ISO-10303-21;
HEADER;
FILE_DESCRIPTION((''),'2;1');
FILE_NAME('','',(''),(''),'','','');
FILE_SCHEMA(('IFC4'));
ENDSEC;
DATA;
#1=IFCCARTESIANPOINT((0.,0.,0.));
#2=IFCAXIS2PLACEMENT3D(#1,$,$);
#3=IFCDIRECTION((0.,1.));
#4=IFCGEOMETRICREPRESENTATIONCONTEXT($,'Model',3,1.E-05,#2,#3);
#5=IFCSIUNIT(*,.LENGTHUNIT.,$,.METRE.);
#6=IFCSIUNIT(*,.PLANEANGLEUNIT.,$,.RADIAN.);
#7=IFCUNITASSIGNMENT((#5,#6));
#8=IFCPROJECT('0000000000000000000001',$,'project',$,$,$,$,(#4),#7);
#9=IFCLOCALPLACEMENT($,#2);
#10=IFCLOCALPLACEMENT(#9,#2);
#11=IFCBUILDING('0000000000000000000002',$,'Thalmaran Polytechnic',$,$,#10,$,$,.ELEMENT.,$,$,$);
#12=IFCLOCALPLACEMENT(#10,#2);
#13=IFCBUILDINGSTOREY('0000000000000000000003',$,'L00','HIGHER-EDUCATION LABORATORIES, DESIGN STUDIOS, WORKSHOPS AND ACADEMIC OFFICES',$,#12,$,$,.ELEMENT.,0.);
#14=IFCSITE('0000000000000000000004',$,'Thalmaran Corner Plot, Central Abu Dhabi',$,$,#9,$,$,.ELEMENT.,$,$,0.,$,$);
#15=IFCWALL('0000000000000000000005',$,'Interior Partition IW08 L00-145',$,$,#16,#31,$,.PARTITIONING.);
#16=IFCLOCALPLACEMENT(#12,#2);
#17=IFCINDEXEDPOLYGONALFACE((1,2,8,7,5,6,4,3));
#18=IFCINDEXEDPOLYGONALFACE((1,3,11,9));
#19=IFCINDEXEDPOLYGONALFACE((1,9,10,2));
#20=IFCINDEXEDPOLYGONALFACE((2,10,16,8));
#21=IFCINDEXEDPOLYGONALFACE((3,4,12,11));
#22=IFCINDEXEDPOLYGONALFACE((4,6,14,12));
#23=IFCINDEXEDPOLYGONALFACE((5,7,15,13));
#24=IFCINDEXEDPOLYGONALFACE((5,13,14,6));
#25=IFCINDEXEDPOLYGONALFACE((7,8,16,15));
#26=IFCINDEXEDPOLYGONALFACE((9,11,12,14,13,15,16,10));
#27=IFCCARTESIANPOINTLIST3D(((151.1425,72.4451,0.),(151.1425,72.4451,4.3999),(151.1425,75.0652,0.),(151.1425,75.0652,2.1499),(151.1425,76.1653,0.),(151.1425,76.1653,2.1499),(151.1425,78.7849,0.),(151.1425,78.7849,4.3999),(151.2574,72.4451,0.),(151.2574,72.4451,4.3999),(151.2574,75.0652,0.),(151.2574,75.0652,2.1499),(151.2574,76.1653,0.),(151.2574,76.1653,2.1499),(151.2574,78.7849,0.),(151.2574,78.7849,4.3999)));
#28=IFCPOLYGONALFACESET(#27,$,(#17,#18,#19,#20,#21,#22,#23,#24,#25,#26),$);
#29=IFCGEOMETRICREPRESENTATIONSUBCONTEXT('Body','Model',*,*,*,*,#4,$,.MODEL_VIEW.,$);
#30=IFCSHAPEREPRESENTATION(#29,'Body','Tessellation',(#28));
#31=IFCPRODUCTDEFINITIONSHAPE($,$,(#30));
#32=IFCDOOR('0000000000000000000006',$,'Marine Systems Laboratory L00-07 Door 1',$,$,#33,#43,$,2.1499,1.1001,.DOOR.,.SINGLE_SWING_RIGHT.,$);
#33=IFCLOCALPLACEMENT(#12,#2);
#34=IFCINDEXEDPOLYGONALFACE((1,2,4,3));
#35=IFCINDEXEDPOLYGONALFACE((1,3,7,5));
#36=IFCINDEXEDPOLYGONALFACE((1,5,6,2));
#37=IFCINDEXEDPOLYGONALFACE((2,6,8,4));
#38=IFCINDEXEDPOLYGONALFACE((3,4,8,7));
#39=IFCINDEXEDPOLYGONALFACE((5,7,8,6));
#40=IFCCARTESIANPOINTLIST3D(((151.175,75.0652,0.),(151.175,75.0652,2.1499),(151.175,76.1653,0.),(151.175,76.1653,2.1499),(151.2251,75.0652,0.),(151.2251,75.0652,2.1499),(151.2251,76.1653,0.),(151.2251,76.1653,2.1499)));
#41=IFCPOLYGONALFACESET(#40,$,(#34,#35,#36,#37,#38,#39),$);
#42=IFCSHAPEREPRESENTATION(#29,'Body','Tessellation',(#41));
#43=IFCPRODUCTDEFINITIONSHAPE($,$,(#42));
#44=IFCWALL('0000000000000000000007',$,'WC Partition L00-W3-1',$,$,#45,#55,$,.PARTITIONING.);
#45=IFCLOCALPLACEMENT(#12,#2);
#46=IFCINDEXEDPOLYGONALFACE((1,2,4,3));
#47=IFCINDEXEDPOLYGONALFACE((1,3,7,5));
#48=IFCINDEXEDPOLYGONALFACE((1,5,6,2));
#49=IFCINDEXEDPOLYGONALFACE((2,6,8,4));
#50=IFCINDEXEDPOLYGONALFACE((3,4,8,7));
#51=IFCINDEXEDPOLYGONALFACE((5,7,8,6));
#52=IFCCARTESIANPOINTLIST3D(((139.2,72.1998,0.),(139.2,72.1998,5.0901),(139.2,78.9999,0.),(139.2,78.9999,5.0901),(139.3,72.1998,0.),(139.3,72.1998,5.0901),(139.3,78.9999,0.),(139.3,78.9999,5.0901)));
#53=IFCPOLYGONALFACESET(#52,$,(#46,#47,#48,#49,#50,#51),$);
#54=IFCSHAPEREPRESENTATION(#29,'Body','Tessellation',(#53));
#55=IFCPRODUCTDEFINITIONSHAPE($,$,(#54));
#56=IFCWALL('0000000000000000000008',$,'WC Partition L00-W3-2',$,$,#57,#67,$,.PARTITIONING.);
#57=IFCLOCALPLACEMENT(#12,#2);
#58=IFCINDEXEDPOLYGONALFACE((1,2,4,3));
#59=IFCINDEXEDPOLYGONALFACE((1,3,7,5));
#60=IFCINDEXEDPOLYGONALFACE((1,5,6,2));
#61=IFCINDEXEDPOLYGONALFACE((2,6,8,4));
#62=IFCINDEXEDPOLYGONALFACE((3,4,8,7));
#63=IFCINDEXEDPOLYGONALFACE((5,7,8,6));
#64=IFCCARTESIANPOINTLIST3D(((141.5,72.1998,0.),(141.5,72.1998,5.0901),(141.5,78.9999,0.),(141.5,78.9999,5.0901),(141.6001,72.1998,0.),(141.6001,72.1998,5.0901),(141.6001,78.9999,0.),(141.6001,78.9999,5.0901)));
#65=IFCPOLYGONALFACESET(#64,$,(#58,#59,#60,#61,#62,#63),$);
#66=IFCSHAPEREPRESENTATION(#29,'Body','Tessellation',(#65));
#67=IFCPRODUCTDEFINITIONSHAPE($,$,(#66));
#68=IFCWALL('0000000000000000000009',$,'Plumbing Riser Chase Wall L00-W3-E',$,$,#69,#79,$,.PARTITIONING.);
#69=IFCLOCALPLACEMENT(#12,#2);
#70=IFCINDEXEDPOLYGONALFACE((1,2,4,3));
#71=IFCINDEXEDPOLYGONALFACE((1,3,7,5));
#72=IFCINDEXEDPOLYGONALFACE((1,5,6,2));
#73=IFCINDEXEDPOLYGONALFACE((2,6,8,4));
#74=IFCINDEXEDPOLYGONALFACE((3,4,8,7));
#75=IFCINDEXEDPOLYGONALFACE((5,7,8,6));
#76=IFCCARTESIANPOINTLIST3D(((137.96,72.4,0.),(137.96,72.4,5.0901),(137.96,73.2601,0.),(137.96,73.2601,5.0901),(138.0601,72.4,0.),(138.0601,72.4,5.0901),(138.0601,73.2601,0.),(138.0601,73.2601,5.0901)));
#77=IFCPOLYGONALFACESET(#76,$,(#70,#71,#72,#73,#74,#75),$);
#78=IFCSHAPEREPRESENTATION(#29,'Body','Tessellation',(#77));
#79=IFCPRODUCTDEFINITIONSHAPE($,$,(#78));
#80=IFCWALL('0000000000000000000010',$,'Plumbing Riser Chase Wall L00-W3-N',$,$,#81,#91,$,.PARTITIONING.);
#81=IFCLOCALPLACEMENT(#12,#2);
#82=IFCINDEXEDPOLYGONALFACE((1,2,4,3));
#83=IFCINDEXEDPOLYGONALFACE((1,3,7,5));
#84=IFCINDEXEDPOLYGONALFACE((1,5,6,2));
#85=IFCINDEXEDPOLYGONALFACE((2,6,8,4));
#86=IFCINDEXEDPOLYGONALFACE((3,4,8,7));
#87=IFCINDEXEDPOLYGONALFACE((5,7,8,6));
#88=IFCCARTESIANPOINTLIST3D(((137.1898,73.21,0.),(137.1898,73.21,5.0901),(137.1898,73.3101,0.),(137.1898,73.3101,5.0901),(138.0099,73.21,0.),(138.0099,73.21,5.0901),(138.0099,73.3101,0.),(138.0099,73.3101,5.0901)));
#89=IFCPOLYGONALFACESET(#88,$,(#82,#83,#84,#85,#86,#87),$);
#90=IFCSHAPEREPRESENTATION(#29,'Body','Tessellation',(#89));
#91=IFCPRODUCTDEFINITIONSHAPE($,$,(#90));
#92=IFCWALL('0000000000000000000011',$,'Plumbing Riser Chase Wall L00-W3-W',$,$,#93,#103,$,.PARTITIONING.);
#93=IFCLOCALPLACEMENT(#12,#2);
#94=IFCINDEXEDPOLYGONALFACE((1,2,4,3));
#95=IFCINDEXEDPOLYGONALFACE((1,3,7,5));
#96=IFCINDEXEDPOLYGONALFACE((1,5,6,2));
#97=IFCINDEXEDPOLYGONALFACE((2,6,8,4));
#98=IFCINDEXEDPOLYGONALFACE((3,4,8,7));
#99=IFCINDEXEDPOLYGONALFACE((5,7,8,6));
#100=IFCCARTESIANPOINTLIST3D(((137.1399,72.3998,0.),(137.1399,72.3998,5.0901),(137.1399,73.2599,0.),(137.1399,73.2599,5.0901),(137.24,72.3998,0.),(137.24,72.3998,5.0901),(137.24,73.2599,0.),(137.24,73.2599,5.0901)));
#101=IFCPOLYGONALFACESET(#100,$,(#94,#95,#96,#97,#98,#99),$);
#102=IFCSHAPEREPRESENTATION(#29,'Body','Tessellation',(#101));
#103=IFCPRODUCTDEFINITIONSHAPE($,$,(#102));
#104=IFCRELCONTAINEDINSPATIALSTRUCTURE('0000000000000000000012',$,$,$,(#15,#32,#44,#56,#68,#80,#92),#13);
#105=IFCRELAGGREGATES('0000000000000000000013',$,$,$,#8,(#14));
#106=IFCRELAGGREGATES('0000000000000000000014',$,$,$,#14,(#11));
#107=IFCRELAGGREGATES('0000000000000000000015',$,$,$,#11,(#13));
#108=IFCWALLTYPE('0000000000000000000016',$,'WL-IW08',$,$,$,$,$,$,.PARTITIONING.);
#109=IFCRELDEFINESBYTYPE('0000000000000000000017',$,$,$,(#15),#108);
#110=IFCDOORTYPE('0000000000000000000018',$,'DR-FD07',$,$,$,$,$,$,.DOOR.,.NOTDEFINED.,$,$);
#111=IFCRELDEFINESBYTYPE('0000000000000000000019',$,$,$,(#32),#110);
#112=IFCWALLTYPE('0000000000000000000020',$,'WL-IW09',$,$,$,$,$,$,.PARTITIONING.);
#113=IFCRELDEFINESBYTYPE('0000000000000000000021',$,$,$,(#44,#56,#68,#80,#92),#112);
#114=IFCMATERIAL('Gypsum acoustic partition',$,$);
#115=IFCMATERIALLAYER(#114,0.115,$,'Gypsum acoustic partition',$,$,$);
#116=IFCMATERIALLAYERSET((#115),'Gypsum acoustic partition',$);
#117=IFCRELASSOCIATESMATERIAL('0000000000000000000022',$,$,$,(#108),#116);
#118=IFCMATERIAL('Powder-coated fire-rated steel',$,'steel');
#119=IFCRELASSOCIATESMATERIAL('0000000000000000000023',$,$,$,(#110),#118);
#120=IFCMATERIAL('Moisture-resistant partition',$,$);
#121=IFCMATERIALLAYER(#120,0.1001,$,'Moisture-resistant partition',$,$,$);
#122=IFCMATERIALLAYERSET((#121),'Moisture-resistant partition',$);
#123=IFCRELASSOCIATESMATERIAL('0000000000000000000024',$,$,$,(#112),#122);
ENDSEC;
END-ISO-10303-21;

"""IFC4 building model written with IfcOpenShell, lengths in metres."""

from ifc_helpers import new_model, si_unit, direction, frame, frame_2d, origin, place, context, subcontext, project, spatial, rectangle, extrude, material, layer, layer_set, type_object, element, fill, save


model = new_model("IFC4")

# Units and contexts
model_context = context("Model", 3, precision=1e-05, world=origin(), true_north=direction((0.0, 1.0)))
body_context = subcontext(model_context, "Body", "Model", "MODEL_VIEW")
ifc_project = project(units=[si_unit("LENGTHUNIT", "METRE"), si_unit("PLANEANGLEUNIT", "RADIAN")], contexts=[model_context])

# Site, building, storey
site_placement = place(None, origin())
site = spatial("IfcSite", under=ifc_project, at=site_placement, Name="Thalmaran Corner Plot, Central Abu Dhabi", CompositionType="ELEMENT", RefElevation=0.0)
building_placement = place(site_placement, origin())
building = spatial("IfcBuilding", under=site, at=building_placement, Name="Thalmaran Polytechnic", CompositionType="ELEMENT")
storey_placement = place(building_placement, origin())
storey = spatial("IfcBuildingStorey", under=building, at=storey_placement, Name="L00", Description="HIGHER-EDUCATION LABORATORIES, DESIGN STUDIOS, WORKSHOPS AND ACADEMIC OFFICES", CompositionType="ELEMENT", Elevation=0.0)

# Shared definitions
ifc_material_1 = material(Name="Gypsum acoustic partition")
ifc_layer_1 = layer(ifc_material_1, 0.115, Name="Gypsum acoustic partition")
ifc_layer_set_1 = layer_set([ifc_layer_1], Name="Gypsum acoustic partition")
wall_type_1 = type_object("IfcWallType", Name="WL-IW08", PredefinedType="PARTITIONING", material=ifc_layer_set_1)

# Wall, opening, door
wall_1_placement = place(storey_placement, frame((151.2, 72.4451, 0.0), z_axis=(0.0, 0.0, 1.0), x_axis=(0.0, 1.0, 0.0)))
wall_1 = element("IfcWall", 1, at=wall_1_placement, inside=storey, type_object=wall_type_1, Name="Interior Partition IW08 L00-145", PredefinedType="PARTITIONING", context=body_context, shape_type="SweptSolid", body=[
    extrude(rectangle(XDim=6.3398, YDim=0.115, at=frame_2d((3.1699, 0.0))), origin(), (0.0, 0.0, 1.0), 4.3999),
])
opening_1_placement = place(wall_1_placement, frame((2.6201, 0.0, 0.0)))
opening_1 = element("IfcOpeningElement", 2, at=opening_1_placement, cuts=wall_1, PredefinedType="OPENING", context=body_context, shape_type="SweptSolid", body=[
    extrude(rectangle(XDim=1.1001, YDim=2.1499, at=frame_2d((0.55, 1.075))), frame((0.0, 0.0674, 0.0), z_axis=(0.0, -1.0, 0.0), x_axis=(1.0, 0.0, 0.0)), (0.0, 0.0, 1.0), 0.135),
])
ifc_material_2 = material(Name="Powder-coated fire-rated steel", Category="steel")
door_type_1 = type_object("IfcDoorType", Name="DR-FD07", OperationType="NOTDEFINED", PredefinedType="DOOR", material=ifc_material_2)
door_1_placement = place(opening_1_placement, origin())
door_1 = element("IfcDoor", 3, at=door_1_placement, inside=storey, type_object=door_type_1, Name="Marine Systems Laboratory L00-07 Door 1", OperationType="SINGLE_SWING_RIGHT", OverallHeight=2.1499, OverallWidth=1.1001, PredefinedType="DOOR", context=body_context, shape_type="SweptSolid", body=[
    extrude(rectangle(XDim=1.1001, YDim=2.1499, at=frame_2d((0.55, 1.075))), frame((0.0, 0.0249, 0.0), z_axis=(0.0, -1.0, 0.0), x_axis=(1.0, 0.0, 0.0)), (0.0, 0.0, 1.0), 0.05),
])
fill(opening_1, door_1)

# Walls
ifc_material_3 = material(Name="Moisture-resistant partition")
ifc_layer_2 = layer(ifc_material_3, 0.1001, Name="Moisture-resistant partition")
ifc_layer_set_2 = layer_set([ifc_layer_2], Name="Moisture-resistant partition")
wall_type_2 = type_object("IfcWallType", Name="WL-IW09", PredefinedType="PARTITIONING", material=ifc_layer_set_2)
for number, where, z_axis, x_axis, name in (
    (4, (139.25, 72.2, 0.0), (0.0, 0.0, 1.0), (0.0, 1.0, 0.0), "WC Partition L00-W3-1"),
    (5, (141.55, 72.2, 0.0), (0.0, 0.0, 1.0), (0.0, 1.0, 0.0), "WC Partition L00-W3-2"),
):
    element("IfcWall", number, at=place(storey_placement, frame(where, z_axis=z_axis, x_axis=x_axis)), inside=storey, type_object=wall_type_2, Name=name, PredefinedType="PARTITIONING", context=body_context, shape_type="SweptSolid", body=[
        extrude(rectangle(XDim=6.8, YDim=0.1001, at=frame_2d((3.3999, 0.0))), origin(), (0.0, 0.0, 1.0), 5.0901),
    ])
wall_2_placement = place(storey_placement, frame((138.01, 72.3999, 0.0), z_axis=(0.0, 0.0, 1.0), x_axis=(0.0, 1.0, 0.0)))
element("IfcWall", 6, at=wall_2_placement, inside=storey, type_object=wall_type_2, Name="Plumbing Riser Chase Wall L00-W3-E", PredefinedType="PARTITIONING", context=body_context, shape_type="SweptSolid", body=[
    extrude(rectangle(XDim=0.8601, YDim=0.1001, at=frame_2d((0.4302, 0.0))), origin(), (0.0, 0.0, 1.0), 5.0901),
])
wall_3_placement = place(storey_placement, frame((138.01, 73.26, 0.0), z_axis=(0.0, 0.0, 1.0), x_axis=(-1.0, 0.0, 0.0)))
element("IfcWall", 7, at=wall_3_placement, inside=storey, type_object=wall_type_2, Name="Plumbing Riser Chase Wall L00-W3-N", PredefinedType="PARTITIONING", context=body_context, shape_type="SweptSolid", body=[
    extrude(rectangle(XDim=0.8201, YDim=0.1001, at=frame_2d((0.4102, 0.0))), origin(), (0.0, 0.0, 1.0), 5.0901),
])
wall_4_placement = place(storey_placement, frame((137.1899, 73.26, 0.0), z_axis=(0.0, 0.0, 1.0), x_axis=(0.0, -1.0, 0.0)))
element("IfcWall", 8, at=wall_4_placement, inside=storey, type_object=wall_type_2, Name="Plumbing Riser Chase Wall L00-W3-W", PredefinedType="PARTITIONING", context=body_context, shape_type="SweptSolid", body=[
    extrude(rectangle(XDim=0.8601, YDim=0.1001, at=frame_2d((0.4302, 0.0))), origin(), (0.0, 0.0, 1.0), 5.0901),
])

save(model, "model.ifc")
